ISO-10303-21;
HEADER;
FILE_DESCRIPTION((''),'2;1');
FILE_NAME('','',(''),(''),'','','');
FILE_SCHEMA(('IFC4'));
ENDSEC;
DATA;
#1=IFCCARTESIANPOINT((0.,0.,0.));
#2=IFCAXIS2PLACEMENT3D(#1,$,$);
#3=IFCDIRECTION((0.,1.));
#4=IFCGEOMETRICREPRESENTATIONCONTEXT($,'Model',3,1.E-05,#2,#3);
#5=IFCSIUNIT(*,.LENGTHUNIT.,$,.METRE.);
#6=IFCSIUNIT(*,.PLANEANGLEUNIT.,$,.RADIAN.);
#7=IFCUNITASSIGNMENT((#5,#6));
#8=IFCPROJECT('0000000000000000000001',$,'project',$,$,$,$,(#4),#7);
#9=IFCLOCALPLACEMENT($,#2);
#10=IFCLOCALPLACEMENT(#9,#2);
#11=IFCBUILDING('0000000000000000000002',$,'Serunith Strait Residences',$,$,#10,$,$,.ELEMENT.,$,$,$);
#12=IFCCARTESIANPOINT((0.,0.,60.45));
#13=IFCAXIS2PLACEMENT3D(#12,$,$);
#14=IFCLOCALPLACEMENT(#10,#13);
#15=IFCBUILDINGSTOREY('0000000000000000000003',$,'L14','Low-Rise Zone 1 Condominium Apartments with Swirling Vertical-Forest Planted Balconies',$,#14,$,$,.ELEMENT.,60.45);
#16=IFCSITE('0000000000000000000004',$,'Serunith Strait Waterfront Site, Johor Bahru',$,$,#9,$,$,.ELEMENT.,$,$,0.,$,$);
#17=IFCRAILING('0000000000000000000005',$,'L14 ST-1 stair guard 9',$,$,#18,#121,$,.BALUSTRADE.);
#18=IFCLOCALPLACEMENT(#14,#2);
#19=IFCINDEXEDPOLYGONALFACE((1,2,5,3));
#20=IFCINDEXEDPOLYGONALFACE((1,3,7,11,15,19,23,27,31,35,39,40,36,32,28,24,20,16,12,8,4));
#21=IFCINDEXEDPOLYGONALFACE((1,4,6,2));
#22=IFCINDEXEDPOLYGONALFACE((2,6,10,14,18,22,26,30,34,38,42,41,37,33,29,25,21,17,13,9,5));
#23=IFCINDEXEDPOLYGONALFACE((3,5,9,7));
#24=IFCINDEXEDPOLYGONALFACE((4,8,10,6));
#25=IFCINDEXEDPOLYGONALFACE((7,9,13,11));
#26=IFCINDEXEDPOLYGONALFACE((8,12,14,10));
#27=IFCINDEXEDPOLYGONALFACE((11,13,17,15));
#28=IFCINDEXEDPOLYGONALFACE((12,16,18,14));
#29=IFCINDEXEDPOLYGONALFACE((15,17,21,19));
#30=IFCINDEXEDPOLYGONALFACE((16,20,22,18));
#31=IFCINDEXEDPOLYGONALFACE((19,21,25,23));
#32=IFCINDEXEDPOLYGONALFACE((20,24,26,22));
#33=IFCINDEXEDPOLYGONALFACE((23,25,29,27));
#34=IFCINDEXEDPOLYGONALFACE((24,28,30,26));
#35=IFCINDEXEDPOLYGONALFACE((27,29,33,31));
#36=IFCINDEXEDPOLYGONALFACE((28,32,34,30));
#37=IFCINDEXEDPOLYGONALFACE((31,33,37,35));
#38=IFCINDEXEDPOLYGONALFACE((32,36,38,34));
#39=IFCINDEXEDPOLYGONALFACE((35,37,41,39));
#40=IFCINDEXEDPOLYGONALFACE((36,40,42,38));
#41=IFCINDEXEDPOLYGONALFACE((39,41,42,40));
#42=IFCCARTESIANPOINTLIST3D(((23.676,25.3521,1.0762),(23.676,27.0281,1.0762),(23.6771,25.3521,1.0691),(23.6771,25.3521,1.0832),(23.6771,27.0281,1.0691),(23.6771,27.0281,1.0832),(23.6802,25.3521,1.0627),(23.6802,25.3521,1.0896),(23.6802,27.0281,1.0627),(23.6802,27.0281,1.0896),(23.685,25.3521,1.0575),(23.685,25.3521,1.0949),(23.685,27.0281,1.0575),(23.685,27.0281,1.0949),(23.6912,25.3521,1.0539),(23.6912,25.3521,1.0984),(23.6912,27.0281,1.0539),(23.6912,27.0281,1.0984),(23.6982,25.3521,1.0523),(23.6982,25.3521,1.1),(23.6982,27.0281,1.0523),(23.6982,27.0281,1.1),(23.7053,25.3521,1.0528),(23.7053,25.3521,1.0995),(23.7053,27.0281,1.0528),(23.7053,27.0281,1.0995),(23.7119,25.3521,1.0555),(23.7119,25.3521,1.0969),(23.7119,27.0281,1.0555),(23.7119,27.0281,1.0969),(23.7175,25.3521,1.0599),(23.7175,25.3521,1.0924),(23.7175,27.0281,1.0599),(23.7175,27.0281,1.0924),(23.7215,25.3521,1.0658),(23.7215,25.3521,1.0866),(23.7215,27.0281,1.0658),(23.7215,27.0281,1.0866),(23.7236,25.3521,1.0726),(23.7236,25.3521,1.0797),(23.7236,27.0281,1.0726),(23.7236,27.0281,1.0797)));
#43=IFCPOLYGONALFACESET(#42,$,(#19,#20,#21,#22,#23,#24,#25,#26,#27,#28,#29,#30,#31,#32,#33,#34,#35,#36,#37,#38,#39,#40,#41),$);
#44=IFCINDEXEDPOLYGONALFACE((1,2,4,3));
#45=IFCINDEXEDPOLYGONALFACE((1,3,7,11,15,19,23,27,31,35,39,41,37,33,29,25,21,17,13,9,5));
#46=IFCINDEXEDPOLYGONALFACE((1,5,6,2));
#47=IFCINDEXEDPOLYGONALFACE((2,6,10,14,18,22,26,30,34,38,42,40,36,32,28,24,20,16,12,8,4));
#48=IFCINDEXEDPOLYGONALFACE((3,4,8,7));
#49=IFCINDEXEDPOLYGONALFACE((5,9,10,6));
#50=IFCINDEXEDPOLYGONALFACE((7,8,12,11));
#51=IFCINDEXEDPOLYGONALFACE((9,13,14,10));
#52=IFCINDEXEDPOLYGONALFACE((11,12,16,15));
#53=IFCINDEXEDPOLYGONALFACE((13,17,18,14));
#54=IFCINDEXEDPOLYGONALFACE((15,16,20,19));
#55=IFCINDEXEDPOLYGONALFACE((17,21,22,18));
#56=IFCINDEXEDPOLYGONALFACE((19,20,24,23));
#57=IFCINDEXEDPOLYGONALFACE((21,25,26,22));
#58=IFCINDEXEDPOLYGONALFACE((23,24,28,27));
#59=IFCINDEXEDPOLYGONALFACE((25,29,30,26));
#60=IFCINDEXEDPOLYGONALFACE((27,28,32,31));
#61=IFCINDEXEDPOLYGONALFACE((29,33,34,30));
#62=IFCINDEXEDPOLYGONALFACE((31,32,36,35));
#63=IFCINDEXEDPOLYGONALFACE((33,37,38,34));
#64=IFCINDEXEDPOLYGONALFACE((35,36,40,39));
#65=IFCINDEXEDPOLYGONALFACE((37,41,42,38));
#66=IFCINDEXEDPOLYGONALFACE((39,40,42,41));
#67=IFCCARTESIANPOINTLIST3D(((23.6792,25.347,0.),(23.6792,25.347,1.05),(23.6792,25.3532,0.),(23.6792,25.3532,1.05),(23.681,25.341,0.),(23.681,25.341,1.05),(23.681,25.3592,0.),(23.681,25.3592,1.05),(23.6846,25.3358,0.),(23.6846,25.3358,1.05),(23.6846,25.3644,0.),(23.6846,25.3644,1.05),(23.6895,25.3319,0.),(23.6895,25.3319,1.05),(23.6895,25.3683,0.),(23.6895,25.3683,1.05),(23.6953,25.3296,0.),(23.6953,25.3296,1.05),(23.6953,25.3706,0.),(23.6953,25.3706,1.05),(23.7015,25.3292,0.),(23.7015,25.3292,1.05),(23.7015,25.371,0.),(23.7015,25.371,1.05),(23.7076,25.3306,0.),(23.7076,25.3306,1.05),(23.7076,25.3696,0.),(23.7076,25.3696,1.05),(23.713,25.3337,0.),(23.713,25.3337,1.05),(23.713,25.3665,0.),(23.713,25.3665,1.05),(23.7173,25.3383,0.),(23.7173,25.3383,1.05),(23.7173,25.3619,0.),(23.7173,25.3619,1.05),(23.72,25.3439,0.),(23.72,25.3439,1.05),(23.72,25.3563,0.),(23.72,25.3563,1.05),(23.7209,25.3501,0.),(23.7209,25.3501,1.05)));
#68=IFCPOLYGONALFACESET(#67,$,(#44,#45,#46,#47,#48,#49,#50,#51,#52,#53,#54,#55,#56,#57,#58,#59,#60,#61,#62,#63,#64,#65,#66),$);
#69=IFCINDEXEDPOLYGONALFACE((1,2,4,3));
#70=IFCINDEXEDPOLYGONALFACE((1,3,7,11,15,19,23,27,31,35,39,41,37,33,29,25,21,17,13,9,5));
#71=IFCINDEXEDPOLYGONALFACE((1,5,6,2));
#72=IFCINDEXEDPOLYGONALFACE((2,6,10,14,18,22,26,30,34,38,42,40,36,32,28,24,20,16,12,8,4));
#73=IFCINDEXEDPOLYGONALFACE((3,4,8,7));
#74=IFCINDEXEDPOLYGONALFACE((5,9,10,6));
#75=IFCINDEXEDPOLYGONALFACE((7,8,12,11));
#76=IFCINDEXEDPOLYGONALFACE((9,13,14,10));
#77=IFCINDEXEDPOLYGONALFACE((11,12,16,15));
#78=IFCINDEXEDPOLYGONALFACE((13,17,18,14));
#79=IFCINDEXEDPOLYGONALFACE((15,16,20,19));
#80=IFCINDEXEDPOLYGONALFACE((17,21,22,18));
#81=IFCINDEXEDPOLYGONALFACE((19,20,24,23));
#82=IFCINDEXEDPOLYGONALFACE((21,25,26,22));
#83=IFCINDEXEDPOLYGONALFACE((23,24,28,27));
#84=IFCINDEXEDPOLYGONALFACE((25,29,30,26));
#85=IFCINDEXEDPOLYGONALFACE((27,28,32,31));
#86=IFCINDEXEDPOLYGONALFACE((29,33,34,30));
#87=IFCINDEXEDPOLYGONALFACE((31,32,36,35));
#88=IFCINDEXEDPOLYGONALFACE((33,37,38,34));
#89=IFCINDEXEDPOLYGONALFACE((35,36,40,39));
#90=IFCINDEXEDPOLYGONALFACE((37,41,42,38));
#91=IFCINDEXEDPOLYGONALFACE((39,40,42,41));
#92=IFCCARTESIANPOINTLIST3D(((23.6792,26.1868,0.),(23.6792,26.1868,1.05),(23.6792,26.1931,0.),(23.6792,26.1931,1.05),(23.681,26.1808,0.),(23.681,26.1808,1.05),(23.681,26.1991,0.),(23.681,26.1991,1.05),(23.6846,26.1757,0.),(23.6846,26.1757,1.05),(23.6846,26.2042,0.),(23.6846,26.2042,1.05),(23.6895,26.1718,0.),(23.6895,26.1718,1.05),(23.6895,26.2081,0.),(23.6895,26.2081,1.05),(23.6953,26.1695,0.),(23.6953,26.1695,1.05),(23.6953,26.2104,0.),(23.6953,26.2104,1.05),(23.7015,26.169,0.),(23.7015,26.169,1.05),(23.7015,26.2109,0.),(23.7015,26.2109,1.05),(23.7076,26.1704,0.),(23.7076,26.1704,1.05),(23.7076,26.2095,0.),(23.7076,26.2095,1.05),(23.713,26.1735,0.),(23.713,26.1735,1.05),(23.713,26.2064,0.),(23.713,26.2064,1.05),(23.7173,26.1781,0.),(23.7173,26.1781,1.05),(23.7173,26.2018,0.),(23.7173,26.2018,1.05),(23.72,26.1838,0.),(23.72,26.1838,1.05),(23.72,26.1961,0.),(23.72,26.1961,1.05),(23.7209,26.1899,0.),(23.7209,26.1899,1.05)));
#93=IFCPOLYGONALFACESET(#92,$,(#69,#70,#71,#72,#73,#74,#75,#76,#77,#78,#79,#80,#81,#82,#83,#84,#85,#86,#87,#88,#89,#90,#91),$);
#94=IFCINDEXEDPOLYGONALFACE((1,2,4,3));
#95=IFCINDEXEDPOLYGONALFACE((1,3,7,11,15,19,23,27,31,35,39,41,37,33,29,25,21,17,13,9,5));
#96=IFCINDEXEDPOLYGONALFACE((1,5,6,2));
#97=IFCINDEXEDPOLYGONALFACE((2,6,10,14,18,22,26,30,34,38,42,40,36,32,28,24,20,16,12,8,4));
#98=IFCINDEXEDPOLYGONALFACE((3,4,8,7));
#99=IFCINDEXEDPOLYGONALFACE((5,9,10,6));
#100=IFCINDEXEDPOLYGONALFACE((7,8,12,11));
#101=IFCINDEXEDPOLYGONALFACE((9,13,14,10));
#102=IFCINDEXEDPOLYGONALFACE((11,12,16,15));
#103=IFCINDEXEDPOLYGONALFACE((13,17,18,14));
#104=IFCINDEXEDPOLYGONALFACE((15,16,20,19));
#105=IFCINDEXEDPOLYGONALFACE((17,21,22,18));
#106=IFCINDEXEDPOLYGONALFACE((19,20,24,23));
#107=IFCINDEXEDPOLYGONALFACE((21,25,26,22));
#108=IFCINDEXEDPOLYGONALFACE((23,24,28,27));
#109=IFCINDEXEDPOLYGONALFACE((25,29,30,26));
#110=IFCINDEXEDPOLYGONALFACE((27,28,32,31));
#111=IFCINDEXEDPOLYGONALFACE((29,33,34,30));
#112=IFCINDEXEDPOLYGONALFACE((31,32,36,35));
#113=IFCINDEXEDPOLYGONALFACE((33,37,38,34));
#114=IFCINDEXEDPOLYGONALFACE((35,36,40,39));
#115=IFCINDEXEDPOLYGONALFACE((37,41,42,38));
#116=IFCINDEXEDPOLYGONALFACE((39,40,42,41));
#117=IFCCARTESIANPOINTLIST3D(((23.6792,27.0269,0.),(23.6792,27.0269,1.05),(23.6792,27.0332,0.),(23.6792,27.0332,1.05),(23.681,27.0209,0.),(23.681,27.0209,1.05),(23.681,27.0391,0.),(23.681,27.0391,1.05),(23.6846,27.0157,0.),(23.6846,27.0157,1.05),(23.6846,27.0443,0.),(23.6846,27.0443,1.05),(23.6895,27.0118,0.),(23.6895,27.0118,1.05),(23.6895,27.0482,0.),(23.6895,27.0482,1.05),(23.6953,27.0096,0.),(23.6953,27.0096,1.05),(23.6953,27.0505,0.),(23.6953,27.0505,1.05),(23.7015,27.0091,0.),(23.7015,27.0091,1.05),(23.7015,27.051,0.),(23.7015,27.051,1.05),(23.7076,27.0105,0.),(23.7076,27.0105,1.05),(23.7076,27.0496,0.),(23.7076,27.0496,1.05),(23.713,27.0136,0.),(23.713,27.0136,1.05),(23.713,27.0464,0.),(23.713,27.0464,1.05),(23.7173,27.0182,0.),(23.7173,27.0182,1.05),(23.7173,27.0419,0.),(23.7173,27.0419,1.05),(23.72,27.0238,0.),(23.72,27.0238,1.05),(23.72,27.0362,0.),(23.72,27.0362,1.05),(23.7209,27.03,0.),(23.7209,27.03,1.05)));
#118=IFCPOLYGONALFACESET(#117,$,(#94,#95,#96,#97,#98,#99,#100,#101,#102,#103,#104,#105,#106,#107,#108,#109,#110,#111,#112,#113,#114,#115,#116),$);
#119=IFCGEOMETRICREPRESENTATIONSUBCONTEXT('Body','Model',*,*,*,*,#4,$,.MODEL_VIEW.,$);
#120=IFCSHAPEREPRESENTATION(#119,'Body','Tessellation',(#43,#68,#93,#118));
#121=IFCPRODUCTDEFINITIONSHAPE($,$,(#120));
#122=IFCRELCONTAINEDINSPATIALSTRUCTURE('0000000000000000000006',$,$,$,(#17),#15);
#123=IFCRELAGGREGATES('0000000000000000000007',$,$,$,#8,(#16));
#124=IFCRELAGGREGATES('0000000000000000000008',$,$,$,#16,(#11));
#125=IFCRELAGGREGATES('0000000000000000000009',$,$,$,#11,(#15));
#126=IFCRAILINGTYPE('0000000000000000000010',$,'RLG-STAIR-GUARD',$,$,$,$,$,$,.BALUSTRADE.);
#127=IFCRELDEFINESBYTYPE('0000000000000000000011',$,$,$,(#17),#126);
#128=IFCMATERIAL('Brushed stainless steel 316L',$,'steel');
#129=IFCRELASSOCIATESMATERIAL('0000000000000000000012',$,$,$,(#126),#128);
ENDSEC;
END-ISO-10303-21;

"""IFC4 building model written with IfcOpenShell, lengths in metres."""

from ifc_helpers import new_model, si_unit, direction, frame, origin, origin_2d, place, context, subcontext, project, spatial, circle, extrude, material, type_object, element, save


model = new_model("IFC4")

# Units and contexts
model_context = context("Model", 3, precision=1e-05, world=origin(), true_north=direction((0.0, 1.0)))
body_context = subcontext(model_context, "Body", "Model", "MODEL_VIEW")
ifc_project = project(units=[si_unit("LENGTHUNIT", "METRE"), si_unit("PLANEANGLEUNIT", "RADIAN")], contexts=[model_context])

# Site, building, storey
site_placement = place(None, origin())
site = spatial("IfcSite", under=ifc_project, at=site_placement, Name="Serunith Strait Waterfront Site, Johor Bahru", CompositionType="ELEMENT", RefElevation=0.0)
building_placement = place(site_placement, origin())
building = spatial("IfcBuilding", under=site, at=building_placement, Name="Serunith Strait Residences", CompositionType="ELEMENT")
storey_placement = place(building_placement, frame((0.0, 0.0, 60.45)))
storey = spatial("IfcBuildingStorey", under=building, at=storey_placement, Name="L14", Description="Low-Rise Zone 1 Condominium Apartments with Swirling Vertical-Forest Planted Balconies", CompositionType="ELEMENT", Elevation=60.45)

# Railing
ifc_material_1 = material(Name="Brushed stainless steel 316L", Category="steel")
railing_type_1 = type_object("IfcRailingType", Name="RLG-STAIR-GUARD", PredefinedType="BALUSTRADE", material=ifc_material_1)
for number, where, name in (
    (1, (23.7, 25.3501, 0.0), "L14 ST-1 stair guard 9"),
):
    element("IfcRailing", number, at=place(storey_placement, frame(where)), inside=storey, type_object=railing_type_1, Name=name, PredefinedType="BALUSTRADE", context=body_context, shape_type="SweptSolid", body=[
        extrude(circle(Radius=0.0239, at=origin_2d()), frame((0.0, 0.002, 1.0762), z_axis=(0.0, 1.0, 0.0), x_axis=(-1.0, 0.0, 0.0)), (0.0, 0.0, 1.0), 1.676),
        extrude(circle(Radius=0.021, at=origin_2d()), origin(), (0.0, 0.0, 1.0), 1.05),
        extrude(circle(Radius=0.021, at=origin_2d()), frame((0.0, 0.8398, 0.0)), (0.0, 0.0, 1.0), 1.05),
        extrude(circle(Radius=0.021, at=origin_2d()), frame((0.0, 1.6799, 0.0)), (0.0, 0.0, 1.0), 1.05),
    ])

save(model, "model.ifc")
